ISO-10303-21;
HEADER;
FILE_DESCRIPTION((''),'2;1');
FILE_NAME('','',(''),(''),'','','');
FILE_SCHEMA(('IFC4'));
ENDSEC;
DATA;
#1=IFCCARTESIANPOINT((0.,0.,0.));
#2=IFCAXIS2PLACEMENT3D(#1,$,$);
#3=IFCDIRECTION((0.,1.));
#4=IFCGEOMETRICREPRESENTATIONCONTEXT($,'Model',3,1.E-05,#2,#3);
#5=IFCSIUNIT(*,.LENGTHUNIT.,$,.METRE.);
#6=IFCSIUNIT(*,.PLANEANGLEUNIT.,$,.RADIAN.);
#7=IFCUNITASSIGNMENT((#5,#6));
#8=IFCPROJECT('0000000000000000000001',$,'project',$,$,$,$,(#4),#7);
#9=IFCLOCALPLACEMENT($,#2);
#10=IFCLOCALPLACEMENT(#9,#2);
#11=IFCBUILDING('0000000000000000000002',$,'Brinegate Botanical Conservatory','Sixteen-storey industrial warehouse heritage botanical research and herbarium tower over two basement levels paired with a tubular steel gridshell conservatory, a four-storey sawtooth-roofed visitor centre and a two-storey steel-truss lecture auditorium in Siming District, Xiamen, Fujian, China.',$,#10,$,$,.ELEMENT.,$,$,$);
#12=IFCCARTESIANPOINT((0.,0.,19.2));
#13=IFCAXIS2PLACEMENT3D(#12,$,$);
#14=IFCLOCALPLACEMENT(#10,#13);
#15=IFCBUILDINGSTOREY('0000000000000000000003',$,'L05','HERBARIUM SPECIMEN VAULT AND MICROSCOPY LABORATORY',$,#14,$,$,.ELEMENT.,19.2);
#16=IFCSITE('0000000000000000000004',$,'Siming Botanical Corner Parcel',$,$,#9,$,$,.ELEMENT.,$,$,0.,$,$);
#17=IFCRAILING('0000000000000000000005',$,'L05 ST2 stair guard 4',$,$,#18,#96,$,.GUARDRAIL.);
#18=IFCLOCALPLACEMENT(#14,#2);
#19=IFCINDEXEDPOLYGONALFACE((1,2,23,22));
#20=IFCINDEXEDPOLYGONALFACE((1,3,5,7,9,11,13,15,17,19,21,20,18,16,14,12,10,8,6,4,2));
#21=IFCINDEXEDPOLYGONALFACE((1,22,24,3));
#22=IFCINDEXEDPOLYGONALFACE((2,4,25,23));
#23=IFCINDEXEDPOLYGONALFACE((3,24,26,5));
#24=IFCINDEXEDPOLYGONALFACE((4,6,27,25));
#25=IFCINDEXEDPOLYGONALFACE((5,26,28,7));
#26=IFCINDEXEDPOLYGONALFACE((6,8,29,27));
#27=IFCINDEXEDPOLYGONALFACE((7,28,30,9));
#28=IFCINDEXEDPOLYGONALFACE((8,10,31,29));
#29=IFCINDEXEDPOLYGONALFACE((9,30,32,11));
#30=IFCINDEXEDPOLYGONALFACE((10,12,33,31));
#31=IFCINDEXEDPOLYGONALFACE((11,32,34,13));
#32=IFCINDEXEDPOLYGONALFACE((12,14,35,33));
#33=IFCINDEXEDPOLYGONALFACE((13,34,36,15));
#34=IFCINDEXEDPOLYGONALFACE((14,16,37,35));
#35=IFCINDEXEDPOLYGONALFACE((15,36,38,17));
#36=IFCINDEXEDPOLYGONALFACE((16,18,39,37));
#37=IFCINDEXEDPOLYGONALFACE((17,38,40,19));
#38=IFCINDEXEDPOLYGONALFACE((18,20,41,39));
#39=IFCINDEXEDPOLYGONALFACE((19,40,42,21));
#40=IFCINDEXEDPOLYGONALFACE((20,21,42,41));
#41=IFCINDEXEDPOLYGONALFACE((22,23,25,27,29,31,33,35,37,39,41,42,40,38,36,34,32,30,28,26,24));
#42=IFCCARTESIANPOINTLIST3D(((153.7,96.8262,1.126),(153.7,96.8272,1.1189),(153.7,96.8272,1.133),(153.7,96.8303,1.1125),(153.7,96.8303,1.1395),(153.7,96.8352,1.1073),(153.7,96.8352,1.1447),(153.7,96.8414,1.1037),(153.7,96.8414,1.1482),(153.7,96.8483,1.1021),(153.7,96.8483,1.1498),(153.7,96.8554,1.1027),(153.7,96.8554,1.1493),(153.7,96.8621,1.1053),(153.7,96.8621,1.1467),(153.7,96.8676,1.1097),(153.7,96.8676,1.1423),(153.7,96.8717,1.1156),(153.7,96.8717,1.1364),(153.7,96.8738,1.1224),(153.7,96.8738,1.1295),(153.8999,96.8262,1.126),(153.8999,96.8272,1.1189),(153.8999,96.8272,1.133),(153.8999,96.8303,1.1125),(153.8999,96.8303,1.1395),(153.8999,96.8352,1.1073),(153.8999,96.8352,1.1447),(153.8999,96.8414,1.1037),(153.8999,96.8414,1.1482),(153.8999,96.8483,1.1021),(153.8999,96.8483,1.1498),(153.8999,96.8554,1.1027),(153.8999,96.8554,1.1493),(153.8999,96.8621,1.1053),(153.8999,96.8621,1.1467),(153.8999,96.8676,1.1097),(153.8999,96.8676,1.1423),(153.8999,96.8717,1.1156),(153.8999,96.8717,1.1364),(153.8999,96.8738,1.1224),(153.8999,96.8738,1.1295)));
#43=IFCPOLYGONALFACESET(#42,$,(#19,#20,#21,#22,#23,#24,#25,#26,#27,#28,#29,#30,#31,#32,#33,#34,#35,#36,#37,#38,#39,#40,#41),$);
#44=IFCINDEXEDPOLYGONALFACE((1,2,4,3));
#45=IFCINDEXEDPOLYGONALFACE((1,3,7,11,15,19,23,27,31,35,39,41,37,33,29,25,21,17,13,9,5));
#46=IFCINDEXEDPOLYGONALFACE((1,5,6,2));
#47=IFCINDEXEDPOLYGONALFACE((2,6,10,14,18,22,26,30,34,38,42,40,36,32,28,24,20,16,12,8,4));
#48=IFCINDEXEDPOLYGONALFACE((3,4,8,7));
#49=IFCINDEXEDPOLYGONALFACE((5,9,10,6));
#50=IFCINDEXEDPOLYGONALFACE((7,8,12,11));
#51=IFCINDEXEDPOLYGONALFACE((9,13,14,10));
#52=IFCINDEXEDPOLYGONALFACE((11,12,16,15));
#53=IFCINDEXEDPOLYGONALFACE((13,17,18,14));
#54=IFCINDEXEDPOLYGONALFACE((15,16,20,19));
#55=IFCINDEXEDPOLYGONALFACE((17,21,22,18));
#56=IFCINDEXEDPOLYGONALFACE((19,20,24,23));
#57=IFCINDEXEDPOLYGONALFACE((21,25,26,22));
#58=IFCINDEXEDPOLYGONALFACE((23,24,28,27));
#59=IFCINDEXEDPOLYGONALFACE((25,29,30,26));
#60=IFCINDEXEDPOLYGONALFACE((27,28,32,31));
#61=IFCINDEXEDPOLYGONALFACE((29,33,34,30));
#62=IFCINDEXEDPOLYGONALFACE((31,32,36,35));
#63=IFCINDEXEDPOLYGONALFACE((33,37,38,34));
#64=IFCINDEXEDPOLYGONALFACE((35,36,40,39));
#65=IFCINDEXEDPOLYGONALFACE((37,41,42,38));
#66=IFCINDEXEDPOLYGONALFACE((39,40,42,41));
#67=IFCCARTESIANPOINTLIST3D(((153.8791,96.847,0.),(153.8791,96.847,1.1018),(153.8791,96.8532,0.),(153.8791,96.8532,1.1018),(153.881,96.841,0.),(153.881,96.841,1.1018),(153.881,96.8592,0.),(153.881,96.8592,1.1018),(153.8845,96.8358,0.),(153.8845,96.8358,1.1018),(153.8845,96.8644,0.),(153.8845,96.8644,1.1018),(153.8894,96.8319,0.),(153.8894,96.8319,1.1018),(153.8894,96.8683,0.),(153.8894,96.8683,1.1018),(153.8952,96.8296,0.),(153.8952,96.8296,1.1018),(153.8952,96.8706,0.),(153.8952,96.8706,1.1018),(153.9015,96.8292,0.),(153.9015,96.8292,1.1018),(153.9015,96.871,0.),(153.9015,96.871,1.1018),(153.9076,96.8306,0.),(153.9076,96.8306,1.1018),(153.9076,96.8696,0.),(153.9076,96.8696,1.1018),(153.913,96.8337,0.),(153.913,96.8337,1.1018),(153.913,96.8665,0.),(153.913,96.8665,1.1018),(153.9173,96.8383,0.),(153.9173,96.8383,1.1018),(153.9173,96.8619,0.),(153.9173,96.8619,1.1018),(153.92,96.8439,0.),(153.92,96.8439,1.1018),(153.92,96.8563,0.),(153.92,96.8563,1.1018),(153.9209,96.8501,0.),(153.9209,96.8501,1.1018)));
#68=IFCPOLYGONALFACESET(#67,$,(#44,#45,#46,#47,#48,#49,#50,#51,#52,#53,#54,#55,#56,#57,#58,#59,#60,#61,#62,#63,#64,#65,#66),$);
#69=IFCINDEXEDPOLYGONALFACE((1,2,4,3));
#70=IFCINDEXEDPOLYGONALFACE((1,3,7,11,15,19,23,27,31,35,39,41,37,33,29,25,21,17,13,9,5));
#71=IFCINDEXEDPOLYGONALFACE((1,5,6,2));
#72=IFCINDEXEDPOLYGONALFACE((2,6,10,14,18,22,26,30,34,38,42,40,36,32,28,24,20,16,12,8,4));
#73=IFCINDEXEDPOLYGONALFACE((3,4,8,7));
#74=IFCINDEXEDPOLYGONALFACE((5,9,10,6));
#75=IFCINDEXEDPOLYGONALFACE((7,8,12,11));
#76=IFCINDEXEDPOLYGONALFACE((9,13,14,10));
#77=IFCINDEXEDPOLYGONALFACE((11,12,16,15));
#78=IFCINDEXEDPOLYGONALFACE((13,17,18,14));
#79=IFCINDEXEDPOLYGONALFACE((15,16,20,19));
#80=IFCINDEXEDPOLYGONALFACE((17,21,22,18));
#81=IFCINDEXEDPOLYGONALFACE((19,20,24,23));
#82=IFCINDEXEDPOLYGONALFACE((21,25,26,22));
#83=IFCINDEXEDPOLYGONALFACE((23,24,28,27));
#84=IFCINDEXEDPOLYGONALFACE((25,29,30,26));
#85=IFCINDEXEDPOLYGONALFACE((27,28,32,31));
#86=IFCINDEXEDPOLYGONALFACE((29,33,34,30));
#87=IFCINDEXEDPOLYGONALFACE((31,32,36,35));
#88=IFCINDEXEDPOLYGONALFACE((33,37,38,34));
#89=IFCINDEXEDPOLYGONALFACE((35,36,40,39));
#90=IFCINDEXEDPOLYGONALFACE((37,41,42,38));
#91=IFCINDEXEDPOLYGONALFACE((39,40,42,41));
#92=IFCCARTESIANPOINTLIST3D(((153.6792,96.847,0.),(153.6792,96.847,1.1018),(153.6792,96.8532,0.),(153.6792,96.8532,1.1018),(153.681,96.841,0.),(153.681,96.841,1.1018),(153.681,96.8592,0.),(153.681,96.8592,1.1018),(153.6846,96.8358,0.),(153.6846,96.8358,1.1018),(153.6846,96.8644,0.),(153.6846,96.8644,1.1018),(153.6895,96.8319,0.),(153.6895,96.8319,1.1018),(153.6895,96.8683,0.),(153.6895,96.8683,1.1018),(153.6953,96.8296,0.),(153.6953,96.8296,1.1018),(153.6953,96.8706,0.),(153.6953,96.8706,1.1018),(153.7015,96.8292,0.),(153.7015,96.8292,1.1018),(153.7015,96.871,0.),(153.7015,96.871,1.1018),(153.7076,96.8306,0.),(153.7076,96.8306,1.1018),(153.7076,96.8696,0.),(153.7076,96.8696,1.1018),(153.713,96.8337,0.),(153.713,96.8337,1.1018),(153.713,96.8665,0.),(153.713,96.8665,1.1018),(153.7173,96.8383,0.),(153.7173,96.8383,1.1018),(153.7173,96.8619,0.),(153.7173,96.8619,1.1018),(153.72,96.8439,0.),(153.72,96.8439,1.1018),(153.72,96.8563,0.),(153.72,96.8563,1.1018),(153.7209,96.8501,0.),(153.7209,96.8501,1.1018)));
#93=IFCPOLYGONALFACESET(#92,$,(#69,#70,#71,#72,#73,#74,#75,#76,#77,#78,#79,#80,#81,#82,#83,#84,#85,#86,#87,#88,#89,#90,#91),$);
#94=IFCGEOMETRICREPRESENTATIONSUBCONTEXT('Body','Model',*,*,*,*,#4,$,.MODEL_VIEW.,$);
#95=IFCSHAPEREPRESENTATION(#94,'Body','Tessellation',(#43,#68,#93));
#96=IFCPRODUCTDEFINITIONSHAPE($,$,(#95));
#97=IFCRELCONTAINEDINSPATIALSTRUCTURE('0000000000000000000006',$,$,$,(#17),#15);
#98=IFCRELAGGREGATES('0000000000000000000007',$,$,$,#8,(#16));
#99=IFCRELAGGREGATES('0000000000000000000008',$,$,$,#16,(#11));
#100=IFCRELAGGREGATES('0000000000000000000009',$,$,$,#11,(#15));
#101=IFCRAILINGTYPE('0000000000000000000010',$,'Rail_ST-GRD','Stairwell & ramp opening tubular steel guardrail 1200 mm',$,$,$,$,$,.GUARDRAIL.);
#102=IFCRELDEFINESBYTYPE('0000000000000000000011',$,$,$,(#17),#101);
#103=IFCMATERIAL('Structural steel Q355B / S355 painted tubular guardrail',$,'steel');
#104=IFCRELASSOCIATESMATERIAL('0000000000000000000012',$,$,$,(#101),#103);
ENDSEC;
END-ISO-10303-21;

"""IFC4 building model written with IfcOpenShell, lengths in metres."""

from ifc_helpers import new_model, si_unit, direction, frame, origin, origin_2d, place, context, subcontext, project, spatial, circle, extrude, material, type_object, element, save


model = new_model("IFC4")

# Units and contexts
model_context = context("Model", 3, precision=1e-05, world=origin(), true_north=direction((0.0, 1.0)))
body_context = subcontext(model_context, "Body", "Model", "MODEL_VIEW")
ifc_project = project(units=[si_unit("LENGTHUNIT", "METRE"), si_unit("PLANEANGLEUNIT", "RADIAN")], contexts=[model_context])

# Site, building, storey
site_placement = place(None, origin())
site = spatial("IfcSite", under=ifc_project, at=site_placement, Name="Siming Botanical Corner Parcel", CompositionType="ELEMENT", RefElevation=0.0)
building_placement = place(site_placement, origin())
building = spatial("IfcBuilding", under=site, at=building_placement, Name="Brinegate Botanical Conservatory", Description="Sixteen-storey industrial warehouse heritage botanical research and herbarium tower over two basement levels paired with a tubular steel gridshell conservatory, a four-storey sawtooth-roofed visitor centre and a two-storey steel-truss lecture auditorium in Siming District, Xiamen, Fujian, China.", CompositionType="ELEMENT")
storey_placement = place(building_placement, frame((0.0, 0.0, 19.2)))
storey = spatial("IfcBuildingStorey", under=building, at=storey_placement, Name="L05", Description="HERBARIUM SPECIMEN VAULT AND MICROSCOPY LABORATORY", CompositionType="ELEMENT", Elevation=19.2)

# Railing
ifc_material_1 = material(Name="Structural steel Q355B / S355 painted tubular guardrail", Category="steel")
railing_type_1 = type_object("IfcRailingType", Name="Rail_ST-GRD", Description="Stairwell & ramp opening tubular steel guardrail 1200 mm", PredefinedType="GUARDRAIL", material=ifc_material_1)
railing_1_placement = place(storey_placement, frame((153.8999, 96.8501, 0.0)))
element("IfcRailing", 1, at=railing_1_placement, inside=storey, type_object=railing_type_1, Name="L05 ST2 stair guard 4", PredefinedType="GUARDRAIL", context=body_context, shape_type="SweptSolid", body=[
    extrude(circle(Radius=0.0239, at=origin_2d()), frame((0.0, 0.0, 1.126), z_axis=(-1.0, 0.0, 0.0), x_axis=(0.0, -1.0, 0.0)), (0.0, 0.0, 1.0), 0.2),
    extrude(circle(Radius=0.021, at=origin_2d()), origin(), (0.0, 0.0, 1.0), 1.1018),
    extrude(circle(Radius=0.021, at=origin_2d()), frame((-0.2, 0.0, 0.0)), (0.0, 0.0, 1.0), 1.1018),
])

save(model, "model.ifc")
